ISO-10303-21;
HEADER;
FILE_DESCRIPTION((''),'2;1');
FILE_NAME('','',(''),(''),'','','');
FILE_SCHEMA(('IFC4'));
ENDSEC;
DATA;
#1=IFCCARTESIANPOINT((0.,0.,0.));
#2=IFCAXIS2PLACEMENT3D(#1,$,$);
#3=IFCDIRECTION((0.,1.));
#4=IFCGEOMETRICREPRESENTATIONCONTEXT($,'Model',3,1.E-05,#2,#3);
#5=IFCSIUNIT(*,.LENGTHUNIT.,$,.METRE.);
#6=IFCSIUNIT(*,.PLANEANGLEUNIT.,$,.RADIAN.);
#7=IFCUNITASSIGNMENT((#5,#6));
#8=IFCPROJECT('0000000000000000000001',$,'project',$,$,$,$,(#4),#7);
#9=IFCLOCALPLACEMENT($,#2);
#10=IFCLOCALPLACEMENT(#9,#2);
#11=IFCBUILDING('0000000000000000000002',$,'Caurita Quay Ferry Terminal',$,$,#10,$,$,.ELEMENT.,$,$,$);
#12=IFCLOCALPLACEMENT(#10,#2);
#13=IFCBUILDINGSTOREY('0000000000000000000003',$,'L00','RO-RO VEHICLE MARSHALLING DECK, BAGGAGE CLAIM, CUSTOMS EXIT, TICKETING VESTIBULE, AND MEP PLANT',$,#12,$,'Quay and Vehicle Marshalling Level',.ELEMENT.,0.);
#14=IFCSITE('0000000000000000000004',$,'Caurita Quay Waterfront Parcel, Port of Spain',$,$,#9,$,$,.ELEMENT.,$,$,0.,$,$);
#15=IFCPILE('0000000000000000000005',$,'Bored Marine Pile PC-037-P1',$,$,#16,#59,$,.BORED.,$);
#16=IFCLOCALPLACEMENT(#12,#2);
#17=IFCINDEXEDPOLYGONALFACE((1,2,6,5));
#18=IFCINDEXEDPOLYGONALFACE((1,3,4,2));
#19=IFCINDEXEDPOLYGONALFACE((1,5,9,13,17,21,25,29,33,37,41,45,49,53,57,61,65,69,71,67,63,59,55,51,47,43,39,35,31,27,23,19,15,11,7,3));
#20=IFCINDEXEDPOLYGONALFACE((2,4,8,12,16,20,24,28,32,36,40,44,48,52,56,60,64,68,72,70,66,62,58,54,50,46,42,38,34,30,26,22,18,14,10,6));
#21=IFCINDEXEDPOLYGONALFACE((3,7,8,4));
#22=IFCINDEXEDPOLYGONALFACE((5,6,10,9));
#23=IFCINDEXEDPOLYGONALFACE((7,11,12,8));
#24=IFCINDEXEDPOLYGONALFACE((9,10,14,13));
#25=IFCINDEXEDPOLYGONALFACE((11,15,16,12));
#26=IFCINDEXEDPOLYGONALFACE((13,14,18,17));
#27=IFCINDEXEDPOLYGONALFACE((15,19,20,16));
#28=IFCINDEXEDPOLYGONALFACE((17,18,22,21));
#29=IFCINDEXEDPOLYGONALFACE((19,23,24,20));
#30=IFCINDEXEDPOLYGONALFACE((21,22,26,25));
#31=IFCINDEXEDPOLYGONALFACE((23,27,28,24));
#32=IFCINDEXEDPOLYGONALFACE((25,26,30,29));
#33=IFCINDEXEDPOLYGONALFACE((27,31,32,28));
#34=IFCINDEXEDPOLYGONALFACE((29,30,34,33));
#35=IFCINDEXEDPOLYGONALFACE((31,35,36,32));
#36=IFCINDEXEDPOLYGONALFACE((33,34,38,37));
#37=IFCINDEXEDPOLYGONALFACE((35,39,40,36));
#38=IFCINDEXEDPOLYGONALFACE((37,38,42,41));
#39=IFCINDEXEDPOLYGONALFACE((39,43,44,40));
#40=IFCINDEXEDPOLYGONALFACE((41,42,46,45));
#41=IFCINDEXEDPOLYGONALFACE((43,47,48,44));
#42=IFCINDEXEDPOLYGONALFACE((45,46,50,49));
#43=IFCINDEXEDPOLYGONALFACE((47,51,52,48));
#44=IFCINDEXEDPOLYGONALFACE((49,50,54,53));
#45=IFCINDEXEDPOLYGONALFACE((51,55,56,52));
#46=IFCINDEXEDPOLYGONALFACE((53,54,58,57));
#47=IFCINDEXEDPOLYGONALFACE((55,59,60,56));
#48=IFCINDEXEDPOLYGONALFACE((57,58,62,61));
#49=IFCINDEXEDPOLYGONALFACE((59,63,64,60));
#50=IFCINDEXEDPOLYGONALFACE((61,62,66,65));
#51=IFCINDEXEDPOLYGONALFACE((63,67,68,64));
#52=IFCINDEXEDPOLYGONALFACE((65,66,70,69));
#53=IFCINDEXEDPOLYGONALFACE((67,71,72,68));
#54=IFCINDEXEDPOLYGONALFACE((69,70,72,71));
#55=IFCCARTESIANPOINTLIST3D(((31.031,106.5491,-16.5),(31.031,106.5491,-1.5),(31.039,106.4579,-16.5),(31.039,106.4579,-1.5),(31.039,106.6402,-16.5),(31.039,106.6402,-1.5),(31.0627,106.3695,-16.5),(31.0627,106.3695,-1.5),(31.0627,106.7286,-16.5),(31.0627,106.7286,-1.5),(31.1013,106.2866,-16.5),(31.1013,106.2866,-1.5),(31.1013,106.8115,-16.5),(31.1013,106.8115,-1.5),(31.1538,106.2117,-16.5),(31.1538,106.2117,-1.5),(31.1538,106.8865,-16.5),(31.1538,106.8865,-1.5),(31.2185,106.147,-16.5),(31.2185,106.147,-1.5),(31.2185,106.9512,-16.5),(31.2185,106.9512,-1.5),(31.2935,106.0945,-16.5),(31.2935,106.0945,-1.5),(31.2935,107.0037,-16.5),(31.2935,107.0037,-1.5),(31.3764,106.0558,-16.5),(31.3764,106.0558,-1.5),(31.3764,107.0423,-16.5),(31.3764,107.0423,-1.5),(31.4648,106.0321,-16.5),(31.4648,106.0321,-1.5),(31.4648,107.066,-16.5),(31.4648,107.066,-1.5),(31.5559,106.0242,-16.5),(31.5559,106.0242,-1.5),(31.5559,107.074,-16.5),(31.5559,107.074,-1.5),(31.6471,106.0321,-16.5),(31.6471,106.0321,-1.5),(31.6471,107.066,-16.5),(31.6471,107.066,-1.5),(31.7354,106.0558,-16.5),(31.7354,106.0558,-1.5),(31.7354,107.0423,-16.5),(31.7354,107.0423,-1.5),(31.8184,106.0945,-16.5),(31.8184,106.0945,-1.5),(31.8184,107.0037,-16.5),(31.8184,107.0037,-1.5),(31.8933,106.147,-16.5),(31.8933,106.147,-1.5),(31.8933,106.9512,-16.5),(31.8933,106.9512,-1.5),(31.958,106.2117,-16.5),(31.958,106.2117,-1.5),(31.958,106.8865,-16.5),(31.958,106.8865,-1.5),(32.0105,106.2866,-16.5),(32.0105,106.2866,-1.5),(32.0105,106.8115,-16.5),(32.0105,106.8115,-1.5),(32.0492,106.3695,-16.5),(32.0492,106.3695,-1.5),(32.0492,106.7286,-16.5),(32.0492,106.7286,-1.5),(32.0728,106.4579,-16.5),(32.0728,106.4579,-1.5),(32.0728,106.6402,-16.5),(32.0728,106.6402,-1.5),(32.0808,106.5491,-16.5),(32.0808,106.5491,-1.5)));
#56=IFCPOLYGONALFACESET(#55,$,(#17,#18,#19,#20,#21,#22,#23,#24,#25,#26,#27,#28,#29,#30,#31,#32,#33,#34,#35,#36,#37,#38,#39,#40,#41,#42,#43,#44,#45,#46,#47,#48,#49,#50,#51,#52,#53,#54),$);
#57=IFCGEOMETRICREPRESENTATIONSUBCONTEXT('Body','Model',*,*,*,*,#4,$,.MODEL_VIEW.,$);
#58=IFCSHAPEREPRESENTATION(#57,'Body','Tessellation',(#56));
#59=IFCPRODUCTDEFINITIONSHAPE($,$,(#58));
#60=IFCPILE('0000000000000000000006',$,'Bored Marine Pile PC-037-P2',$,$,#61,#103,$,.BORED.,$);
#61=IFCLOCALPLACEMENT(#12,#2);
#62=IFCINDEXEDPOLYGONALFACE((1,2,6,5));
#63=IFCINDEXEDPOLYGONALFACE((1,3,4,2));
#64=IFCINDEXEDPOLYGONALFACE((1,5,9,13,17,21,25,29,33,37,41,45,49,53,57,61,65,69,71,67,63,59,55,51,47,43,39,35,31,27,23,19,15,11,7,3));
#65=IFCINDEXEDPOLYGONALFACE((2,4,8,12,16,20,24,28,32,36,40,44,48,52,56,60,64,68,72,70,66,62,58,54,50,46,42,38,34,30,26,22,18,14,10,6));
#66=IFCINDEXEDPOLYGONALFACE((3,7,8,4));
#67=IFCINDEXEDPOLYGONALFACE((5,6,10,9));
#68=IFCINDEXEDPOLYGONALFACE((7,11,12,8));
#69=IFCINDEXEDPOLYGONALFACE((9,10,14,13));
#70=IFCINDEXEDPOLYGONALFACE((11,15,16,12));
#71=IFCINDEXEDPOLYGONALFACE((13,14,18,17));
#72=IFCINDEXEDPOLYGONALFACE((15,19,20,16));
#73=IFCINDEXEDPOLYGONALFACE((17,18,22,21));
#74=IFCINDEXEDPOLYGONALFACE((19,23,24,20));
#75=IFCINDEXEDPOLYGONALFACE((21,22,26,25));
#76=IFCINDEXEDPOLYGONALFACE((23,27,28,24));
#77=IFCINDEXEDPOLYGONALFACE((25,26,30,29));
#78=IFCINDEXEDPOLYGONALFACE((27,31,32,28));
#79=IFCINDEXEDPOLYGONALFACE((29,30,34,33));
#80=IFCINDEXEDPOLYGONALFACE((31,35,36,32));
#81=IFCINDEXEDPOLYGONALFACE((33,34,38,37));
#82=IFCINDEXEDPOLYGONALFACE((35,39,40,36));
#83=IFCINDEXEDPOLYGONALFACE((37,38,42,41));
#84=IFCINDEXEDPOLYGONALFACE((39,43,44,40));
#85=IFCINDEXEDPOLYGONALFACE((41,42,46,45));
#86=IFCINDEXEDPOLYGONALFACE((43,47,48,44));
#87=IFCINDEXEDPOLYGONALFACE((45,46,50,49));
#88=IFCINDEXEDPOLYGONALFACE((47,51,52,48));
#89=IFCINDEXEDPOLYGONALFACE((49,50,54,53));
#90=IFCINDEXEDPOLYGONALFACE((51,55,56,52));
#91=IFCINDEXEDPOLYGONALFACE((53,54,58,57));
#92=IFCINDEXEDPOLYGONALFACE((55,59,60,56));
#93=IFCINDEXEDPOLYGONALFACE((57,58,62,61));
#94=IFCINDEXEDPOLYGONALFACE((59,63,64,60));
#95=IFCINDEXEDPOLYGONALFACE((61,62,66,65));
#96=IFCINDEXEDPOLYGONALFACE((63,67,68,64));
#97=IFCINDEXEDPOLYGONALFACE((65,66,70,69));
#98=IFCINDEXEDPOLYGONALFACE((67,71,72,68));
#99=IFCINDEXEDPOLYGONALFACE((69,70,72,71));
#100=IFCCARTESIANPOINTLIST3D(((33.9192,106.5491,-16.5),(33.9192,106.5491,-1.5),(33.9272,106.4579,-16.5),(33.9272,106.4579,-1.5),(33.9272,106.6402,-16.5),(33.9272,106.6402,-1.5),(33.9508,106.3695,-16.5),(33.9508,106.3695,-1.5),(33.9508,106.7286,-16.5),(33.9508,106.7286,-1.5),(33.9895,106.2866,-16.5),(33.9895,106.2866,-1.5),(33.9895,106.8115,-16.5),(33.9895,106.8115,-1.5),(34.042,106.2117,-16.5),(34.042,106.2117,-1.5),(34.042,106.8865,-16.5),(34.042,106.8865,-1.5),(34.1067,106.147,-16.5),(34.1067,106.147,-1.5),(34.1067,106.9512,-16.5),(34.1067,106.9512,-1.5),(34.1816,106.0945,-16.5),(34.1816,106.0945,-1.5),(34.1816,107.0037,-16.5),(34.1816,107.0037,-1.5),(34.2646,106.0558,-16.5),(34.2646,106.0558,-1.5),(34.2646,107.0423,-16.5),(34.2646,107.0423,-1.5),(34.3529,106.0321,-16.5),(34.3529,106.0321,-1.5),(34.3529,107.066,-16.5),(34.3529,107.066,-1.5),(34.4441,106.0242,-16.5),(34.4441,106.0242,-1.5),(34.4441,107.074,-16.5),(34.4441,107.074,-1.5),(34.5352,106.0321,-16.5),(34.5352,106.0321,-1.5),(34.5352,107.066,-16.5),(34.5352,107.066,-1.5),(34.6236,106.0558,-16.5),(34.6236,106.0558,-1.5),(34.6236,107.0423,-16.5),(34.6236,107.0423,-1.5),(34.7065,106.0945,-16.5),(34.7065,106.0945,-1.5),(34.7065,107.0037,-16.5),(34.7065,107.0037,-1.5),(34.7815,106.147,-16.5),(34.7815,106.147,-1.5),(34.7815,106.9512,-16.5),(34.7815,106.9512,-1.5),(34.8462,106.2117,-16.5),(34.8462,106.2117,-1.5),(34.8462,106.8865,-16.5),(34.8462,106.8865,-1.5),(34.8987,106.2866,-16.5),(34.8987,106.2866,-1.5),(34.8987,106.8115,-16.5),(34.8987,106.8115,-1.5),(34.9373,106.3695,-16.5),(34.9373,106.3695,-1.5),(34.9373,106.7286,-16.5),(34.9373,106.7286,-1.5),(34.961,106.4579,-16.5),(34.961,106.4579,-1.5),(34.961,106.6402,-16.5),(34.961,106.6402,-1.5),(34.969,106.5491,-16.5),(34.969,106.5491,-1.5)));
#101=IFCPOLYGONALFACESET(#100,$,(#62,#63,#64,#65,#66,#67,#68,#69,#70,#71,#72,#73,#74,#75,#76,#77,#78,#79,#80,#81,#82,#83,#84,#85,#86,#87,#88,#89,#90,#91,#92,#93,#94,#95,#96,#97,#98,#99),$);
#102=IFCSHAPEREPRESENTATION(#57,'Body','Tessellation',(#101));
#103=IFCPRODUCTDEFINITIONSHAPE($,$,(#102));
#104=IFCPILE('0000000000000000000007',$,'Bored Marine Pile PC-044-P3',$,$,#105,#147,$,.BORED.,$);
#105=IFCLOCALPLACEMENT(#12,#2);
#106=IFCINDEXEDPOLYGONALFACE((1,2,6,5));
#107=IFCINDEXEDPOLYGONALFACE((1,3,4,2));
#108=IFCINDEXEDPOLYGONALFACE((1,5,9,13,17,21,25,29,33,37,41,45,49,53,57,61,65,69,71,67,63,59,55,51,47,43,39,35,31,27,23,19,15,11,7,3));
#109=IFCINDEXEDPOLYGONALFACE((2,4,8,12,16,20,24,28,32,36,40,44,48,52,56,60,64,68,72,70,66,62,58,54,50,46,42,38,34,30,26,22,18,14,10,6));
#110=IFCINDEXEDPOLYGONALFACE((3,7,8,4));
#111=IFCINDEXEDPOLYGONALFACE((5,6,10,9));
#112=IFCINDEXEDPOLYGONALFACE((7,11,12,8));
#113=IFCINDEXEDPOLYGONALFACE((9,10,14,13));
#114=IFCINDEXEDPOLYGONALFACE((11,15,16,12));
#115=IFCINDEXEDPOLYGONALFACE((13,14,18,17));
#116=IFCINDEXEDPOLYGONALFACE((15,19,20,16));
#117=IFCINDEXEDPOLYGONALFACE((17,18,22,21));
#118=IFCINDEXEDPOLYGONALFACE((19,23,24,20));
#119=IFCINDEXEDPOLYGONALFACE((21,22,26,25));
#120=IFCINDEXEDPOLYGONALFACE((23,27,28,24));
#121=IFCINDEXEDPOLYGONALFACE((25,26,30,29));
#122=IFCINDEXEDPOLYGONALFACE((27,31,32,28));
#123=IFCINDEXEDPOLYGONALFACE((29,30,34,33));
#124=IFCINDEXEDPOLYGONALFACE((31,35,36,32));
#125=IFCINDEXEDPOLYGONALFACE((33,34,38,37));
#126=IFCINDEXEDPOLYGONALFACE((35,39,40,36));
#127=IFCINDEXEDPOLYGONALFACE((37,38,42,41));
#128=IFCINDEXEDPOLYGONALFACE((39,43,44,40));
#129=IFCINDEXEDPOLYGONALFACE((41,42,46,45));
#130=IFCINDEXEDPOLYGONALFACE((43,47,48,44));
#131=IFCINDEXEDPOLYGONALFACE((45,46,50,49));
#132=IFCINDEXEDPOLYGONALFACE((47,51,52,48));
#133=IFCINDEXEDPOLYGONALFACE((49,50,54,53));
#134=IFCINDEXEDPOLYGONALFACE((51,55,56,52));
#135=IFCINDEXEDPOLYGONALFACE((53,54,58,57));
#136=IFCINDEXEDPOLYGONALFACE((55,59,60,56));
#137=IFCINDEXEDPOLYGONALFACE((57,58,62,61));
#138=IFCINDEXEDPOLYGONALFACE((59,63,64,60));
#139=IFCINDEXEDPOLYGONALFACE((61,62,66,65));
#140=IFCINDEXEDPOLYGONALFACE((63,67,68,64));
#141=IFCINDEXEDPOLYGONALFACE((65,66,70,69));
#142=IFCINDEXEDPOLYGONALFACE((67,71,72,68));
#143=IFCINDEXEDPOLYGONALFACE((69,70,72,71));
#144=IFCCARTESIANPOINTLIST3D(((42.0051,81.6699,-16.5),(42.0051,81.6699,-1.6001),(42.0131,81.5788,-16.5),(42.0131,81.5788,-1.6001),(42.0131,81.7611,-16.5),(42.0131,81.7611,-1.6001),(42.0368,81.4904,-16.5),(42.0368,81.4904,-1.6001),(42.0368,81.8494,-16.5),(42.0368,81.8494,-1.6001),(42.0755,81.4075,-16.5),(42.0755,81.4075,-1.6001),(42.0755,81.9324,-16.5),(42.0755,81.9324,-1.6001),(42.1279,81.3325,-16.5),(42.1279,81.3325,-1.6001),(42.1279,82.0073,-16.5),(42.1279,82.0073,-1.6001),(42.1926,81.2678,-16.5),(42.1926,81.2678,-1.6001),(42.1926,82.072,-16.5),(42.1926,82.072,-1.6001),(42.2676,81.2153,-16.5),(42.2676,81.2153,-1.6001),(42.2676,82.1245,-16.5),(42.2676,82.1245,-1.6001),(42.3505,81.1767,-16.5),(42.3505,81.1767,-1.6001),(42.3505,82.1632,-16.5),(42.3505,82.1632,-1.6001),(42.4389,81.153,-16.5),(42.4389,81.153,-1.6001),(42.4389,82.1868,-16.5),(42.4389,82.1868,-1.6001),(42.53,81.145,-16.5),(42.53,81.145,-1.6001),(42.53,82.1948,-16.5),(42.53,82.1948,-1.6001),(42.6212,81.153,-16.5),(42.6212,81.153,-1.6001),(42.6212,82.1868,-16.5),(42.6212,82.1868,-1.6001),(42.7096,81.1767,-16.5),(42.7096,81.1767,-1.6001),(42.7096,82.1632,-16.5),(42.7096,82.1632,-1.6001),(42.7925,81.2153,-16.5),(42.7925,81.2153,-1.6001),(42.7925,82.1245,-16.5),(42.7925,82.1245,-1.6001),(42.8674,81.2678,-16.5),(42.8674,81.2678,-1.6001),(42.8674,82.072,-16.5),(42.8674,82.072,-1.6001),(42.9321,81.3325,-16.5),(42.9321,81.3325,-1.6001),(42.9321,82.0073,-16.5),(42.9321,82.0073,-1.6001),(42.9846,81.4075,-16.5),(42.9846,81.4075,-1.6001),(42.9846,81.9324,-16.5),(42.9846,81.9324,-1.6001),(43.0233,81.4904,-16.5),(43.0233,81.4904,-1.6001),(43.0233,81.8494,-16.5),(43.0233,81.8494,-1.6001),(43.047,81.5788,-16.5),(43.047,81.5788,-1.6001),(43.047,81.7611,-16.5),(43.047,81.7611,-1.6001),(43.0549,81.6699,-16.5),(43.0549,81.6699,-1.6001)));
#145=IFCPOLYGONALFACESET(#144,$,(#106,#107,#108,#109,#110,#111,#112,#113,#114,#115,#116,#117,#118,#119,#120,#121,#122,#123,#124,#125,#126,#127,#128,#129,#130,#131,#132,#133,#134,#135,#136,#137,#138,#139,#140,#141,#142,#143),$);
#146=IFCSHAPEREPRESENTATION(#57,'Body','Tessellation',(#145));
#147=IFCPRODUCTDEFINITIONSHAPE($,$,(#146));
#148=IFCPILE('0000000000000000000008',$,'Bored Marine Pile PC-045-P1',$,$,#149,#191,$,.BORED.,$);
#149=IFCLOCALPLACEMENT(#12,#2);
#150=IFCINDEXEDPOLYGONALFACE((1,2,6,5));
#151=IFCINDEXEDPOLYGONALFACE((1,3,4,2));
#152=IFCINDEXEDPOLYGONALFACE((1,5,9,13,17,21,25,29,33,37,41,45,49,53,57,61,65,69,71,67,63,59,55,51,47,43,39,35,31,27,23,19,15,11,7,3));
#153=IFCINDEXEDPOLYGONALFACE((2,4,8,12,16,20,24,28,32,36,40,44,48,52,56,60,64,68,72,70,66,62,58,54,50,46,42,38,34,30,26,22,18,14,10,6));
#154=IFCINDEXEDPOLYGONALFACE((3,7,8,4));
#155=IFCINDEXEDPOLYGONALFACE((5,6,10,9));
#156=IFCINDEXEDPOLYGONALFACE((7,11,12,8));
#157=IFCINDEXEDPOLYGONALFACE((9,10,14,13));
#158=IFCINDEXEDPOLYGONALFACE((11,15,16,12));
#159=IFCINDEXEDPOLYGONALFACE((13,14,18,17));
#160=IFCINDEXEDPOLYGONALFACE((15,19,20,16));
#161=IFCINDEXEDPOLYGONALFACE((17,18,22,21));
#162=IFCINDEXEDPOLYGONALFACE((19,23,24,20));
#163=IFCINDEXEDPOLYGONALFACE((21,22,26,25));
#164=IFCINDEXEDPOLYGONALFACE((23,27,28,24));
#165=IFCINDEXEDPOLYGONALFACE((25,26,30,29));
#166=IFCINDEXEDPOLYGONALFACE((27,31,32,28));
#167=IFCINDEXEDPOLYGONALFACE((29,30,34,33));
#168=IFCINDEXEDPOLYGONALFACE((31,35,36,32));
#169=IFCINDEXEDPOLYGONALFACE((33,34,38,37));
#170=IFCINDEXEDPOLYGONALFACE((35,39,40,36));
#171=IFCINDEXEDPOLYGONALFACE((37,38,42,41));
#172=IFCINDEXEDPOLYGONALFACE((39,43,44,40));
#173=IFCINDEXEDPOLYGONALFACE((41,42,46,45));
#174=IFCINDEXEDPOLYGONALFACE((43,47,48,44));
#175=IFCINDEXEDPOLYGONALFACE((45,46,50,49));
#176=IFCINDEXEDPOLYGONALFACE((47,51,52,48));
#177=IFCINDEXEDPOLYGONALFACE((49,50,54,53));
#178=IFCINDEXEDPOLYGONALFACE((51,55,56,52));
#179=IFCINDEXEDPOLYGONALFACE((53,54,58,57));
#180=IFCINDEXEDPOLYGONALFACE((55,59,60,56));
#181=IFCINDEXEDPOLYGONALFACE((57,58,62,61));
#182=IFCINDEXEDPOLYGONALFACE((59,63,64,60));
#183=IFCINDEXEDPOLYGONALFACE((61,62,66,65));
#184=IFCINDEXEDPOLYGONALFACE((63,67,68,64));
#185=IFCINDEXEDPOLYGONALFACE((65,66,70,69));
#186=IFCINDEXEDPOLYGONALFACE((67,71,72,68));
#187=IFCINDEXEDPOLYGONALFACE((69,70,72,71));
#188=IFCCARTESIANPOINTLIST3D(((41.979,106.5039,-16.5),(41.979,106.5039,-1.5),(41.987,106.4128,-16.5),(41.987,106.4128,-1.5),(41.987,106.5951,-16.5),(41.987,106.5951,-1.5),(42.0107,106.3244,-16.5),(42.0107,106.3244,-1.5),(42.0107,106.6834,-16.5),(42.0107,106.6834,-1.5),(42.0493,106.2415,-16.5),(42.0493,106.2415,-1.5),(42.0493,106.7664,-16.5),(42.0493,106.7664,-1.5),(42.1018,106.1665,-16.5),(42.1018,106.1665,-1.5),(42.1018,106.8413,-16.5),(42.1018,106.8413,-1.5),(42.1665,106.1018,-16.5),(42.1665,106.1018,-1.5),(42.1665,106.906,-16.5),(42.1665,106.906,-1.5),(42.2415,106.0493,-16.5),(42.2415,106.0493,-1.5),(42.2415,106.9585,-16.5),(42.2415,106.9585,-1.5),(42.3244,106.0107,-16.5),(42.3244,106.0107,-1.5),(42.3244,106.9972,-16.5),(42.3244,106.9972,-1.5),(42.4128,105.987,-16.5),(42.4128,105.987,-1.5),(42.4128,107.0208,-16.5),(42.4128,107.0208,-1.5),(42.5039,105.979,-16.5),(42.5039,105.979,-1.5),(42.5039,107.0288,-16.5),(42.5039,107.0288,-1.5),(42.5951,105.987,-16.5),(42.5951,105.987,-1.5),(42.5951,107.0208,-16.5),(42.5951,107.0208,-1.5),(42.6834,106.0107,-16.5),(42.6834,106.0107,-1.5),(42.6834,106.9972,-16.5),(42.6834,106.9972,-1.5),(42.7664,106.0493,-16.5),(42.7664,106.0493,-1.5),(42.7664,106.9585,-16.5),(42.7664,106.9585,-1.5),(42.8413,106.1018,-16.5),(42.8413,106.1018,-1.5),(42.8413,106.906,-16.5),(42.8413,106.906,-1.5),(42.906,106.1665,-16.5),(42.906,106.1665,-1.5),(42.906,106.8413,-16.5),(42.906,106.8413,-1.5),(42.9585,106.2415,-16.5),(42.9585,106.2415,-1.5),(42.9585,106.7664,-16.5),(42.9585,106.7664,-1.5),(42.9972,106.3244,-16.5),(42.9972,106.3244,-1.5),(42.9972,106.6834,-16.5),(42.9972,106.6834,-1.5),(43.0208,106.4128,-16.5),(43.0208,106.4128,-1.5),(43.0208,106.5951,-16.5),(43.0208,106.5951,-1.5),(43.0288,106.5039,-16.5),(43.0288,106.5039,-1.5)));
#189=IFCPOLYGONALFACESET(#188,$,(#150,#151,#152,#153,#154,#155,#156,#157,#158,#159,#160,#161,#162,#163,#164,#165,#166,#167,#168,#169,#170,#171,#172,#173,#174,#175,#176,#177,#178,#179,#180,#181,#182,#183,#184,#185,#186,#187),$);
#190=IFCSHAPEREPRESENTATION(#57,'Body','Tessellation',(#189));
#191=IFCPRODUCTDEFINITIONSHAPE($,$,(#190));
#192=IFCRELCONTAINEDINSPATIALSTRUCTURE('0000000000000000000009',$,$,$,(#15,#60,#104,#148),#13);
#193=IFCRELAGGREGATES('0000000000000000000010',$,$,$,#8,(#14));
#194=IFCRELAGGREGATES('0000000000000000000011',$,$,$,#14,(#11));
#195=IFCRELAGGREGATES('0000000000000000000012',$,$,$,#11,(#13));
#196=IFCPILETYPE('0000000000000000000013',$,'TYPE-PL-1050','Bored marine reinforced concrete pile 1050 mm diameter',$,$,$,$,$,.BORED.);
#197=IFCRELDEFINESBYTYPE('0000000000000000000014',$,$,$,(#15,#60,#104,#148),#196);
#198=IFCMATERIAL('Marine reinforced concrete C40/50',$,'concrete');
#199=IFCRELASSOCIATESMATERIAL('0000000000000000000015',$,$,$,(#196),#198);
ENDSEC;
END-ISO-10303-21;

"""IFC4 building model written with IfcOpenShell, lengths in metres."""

from ifc_helpers import new_model, si_unit, direction, frame, origin, origin_2d, place, context, subcontext, project, spatial, circle, extrude, material, material_profile, profile_set, type_object, element, save


model = new_model("IFC4")

# Units and contexts
model_context = context("Model", 3, precision=1e-05, world=origin(), true_north=direction((0.0, 1.0)))
body_context = subcontext(model_context, "Body", "Model", "MODEL_VIEW")
ifc_project = project(units=[si_unit("LENGTHUNIT", "METRE"), si_unit("PLANEANGLEUNIT", "RADIAN")], contexts=[model_context])

# Site, building, storey
site_placement = place(None, origin())
site = spatial("IfcSite", under=ifc_project, at=site_placement, Name="Caurita Quay Waterfront Parcel, Port of Spain", CompositionType="ELEMENT", RefElevation=0.0)
building_placement = place(site_placement, origin())
building = spatial("IfcBuilding", under=site, at=building_placement, Name="Caurita Quay Ferry Terminal", CompositionType="ELEMENT")
storey_placement = place(building_placement, origin())
storey = spatial("IfcBuildingStorey", under=building, at=storey_placement, Name="L00", Description="RO-RO VEHICLE MARSHALLING DECK, BAGGAGE CLAIM, CUSTOMS EXIT, TICKETING VESTIBULE, AND MEP PLANT", LongName="Quay and Vehicle Marshalling Level", CompositionType="ELEMENT", Elevation=0.0)

# Piles
ifc_material_1 = material(Name="Marine reinforced concrete C40/50", Category="concrete")
ifc_material_profile_1 = material_profile(ifc_material_1, circle(Radius=0.5249, at=origin_2d()), Name="PILE-D1050")
ifc_profile_set_1 = profile_set([ifc_material_profile_1], Name="Marine reinforced concrete C40/50")
pile_type = type_object("IfcPileType", Name="TYPE-PL-1050", Description="Bored marine reinforced concrete pile 1050 mm diameter", PredefinedType="BORED", material=ifc_profile_set_1)
for number, where, z_axis, x_axis, name in (
    (1, (31.5559, 106.5491, -1.5), (0.0, 0.0, -1.0), (1.0, 0.0, 0.0), "Bored Marine Pile PC-037-P1"),
    (2, (34.4441, 106.5491, -1.5), (0.0, 0.0, -1.0), (1.0, 0.0, 0.0), "Bored Marine Pile PC-037-P2"),
):
    element("IfcPile", number, at=place(storey_placement, frame(where, z_axis=z_axis, x_axis=x_axis)), inside=storey, type_object=pile_type, Name=name, PredefinedType="BORED", context=body_context, shape_type="SweptSolid", body=[
        extrude(circle(Radius=0.5249, at=origin_2d()), origin(), (0.0, 0.0, 1.0), 15.0),
    ])
pile_1_placement = place(storey_placement, frame((42.53, 81.6699, -1.6001), z_axis=(0.0, 0.0, -1.0), x_axis=(1.0, 0.0, 0.0)))
element("IfcPile", 3, at=pile_1_placement, inside=storey, type_object=pile_type, Name="Bored Marine Pile PC-044-P3", PredefinedType="BORED", context=body_context, shape_type="SweptSolid", body=[
    extrude(circle(Radius=0.5249, at=origin_2d()), origin(), (0.0, 0.0, 1.0), 14.8999),
])
pile_2_placement = place(storey_placement, frame((42.5039, 106.5039, -1.5), z_axis=(0.0, 0.0, -1.0), x_axis=(1.0, 0.0, 0.0)))
element("IfcPile", 4, at=pile_2_placement, inside=storey, type_object=pile_type, Name="Bored Marine Pile PC-045-P1", PredefinedType="BORED", context=body_context, shape_type="SweptSolid", body=[
    extrude(circle(Radius=0.5249, at=origin_2d()), origin(), (0.0, 0.0, 1.0), 15.0),
])

save(model, "model.ifc")
